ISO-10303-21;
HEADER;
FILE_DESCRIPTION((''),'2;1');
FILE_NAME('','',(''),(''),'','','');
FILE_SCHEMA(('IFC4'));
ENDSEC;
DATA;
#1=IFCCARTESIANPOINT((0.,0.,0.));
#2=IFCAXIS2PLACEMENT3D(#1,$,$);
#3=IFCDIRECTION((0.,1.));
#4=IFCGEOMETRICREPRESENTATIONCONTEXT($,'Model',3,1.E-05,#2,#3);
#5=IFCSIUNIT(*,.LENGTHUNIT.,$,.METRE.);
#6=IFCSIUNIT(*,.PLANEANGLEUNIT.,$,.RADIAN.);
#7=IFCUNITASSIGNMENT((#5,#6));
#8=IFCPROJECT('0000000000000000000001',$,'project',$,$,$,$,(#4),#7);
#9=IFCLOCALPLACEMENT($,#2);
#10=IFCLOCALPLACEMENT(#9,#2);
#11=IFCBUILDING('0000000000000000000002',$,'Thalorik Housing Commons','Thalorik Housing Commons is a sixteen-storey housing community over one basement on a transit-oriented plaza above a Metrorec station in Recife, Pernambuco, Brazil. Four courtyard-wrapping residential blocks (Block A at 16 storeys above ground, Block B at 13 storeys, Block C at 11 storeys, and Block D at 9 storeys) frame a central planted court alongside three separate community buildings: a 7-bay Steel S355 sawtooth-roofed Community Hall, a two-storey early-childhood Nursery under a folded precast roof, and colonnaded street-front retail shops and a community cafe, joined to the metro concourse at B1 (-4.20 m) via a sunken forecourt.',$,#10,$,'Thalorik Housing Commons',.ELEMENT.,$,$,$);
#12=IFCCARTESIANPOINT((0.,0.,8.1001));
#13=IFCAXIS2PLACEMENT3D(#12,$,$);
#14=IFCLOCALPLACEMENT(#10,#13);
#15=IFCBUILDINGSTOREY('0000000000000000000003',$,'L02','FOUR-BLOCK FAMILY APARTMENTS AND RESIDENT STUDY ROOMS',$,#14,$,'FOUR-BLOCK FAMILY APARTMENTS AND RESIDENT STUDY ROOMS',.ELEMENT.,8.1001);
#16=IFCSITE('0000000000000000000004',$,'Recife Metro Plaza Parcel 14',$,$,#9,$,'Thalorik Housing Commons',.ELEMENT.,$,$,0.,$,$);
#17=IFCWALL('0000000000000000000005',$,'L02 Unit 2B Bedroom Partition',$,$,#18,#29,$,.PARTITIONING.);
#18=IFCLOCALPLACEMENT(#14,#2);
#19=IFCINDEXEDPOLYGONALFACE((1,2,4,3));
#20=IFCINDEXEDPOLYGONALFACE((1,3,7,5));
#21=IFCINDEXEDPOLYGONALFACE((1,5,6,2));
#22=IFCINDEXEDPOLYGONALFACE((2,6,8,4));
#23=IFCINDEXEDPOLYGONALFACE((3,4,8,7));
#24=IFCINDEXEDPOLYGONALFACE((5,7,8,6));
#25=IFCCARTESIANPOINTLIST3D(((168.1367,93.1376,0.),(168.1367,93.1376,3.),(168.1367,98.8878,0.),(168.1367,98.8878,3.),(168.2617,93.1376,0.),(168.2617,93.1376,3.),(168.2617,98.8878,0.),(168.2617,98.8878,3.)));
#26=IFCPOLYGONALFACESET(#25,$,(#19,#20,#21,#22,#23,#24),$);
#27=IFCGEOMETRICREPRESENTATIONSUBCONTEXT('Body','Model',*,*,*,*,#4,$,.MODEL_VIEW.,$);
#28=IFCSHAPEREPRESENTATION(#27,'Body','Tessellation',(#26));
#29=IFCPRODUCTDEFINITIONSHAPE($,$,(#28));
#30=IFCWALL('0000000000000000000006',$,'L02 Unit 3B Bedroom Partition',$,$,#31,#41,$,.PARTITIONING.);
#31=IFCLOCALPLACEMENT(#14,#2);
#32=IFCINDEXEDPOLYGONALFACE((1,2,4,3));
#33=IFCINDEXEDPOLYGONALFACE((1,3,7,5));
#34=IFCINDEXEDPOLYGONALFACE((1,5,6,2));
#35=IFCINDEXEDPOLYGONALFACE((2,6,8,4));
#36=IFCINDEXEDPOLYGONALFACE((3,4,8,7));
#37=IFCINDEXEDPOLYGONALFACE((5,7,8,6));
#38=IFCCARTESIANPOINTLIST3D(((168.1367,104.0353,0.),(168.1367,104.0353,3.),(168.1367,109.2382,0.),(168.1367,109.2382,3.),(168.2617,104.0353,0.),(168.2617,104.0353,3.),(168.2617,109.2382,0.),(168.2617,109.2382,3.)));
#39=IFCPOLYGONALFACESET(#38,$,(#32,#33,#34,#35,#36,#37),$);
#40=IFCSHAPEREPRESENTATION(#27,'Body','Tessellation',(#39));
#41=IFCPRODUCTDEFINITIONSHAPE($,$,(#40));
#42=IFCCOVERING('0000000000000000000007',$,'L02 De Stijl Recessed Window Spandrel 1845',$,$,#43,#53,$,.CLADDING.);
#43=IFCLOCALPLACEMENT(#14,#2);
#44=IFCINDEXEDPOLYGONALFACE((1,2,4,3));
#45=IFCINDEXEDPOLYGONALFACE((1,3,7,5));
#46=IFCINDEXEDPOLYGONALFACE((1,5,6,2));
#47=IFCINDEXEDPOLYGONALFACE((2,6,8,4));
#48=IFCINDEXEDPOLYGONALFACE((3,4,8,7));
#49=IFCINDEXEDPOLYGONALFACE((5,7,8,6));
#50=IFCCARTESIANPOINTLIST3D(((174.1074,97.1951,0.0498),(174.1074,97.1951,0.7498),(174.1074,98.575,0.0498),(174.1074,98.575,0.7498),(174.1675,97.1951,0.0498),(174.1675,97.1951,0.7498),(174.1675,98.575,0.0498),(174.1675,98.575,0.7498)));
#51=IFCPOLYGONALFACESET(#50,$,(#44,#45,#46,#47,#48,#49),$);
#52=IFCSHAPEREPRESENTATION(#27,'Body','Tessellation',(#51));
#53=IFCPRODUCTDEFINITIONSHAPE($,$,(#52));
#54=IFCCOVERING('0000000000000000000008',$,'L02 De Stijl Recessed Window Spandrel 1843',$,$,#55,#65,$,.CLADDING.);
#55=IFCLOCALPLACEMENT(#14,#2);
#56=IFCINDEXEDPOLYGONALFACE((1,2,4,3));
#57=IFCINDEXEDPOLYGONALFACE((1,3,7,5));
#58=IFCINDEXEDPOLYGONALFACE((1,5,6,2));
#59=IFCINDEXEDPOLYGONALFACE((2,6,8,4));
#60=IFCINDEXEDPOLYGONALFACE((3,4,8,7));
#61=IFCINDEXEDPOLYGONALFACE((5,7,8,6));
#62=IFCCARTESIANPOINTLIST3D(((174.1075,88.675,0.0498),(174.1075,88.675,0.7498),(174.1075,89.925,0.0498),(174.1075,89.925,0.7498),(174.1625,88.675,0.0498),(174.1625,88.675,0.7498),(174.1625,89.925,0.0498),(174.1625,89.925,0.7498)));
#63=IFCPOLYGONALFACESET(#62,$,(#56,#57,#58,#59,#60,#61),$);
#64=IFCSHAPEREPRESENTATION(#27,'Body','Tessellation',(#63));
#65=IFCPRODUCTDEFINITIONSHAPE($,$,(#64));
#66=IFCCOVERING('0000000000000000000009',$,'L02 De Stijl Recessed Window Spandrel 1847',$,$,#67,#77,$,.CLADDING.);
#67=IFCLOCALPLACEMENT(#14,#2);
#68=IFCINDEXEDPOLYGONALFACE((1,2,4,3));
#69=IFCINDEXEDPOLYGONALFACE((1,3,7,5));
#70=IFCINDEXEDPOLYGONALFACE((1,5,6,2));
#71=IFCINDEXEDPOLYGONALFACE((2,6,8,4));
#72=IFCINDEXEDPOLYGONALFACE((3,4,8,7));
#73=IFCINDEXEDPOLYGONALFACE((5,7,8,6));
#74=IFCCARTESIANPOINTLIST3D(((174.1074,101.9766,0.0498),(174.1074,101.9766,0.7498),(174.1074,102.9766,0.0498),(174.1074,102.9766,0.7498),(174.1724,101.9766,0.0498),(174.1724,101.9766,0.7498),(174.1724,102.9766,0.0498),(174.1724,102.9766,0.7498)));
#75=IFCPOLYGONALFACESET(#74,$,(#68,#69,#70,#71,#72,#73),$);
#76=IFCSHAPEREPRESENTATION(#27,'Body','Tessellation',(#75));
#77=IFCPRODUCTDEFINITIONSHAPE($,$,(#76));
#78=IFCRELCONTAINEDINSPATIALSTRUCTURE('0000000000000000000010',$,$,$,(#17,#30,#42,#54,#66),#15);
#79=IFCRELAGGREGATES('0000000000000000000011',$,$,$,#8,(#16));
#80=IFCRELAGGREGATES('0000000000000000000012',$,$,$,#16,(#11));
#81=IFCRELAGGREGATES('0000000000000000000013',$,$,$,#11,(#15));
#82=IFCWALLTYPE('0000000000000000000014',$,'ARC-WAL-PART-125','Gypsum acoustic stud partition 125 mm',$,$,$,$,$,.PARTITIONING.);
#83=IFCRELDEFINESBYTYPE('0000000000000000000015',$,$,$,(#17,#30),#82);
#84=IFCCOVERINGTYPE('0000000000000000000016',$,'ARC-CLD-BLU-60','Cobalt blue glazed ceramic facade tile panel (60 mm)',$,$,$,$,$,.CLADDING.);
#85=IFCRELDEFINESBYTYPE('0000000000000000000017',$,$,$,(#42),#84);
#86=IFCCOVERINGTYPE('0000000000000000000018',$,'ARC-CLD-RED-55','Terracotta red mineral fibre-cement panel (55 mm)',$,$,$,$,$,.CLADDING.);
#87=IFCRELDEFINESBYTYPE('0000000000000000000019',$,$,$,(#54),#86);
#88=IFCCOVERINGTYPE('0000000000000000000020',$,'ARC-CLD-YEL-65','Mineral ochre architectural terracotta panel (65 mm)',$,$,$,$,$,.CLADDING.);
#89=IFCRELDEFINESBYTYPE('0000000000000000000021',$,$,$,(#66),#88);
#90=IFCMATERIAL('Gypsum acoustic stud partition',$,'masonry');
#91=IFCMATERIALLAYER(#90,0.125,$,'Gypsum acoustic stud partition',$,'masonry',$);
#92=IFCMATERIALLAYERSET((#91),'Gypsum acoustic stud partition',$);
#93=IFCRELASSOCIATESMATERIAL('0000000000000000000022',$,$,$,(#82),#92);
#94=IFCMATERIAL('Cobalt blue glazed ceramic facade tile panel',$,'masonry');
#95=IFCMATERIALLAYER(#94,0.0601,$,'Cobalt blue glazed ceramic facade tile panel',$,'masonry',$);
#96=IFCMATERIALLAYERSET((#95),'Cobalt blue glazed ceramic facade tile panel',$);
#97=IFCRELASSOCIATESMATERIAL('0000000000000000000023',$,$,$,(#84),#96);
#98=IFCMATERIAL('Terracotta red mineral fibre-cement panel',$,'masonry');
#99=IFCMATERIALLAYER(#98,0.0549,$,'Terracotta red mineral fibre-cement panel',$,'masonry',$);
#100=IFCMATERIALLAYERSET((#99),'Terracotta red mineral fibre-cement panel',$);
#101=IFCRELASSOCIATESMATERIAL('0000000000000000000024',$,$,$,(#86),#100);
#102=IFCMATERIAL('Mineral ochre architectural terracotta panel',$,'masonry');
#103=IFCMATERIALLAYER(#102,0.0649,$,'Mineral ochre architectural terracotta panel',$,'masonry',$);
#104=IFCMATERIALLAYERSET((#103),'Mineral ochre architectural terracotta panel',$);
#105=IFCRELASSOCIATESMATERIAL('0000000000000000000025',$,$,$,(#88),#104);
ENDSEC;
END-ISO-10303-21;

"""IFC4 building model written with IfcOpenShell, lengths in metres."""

from ifc_helpers import new_model, si_unit, direction, frame, frame_2d, origin, origin_2d, place, context, subcontext, project, spatial, rectangle, extrude, material, layer, layer_set, type_object, element, save


model = new_model("IFC4")

# Units and contexts
model_context = context("Model", 3, precision=1e-05, world=origin(), true_north=direction((0.0, 1.0)))
body_context = subcontext(model_context, "Body", "Model", "MODEL_VIEW")
ifc_project = project(units=[si_unit("LENGTHUNIT", "METRE"), si_unit("PLANEANGLEUNIT", "RADIAN")], contexts=[model_context])

# Site, building, storey
site_placement = place(None, origin())
site = spatial("IfcSite", under=ifc_project, at=site_placement, Name="Recife Metro Plaza Parcel 14", LongName="Thalorik Housing Commons", CompositionType="ELEMENT", RefElevation=0.0)
building_placement = place(site_placement, origin())
building = spatial("IfcBuilding", under=site, at=building_placement, Name="Thalorik Housing Commons", Description="Thalorik Housing Commons is a sixteen-storey housing community over one basement on a transit-oriented plaza above a Metrorec station in Recife, Pernambuco, Brazil. Four courtyard-wrapping residential blocks (Block A at 16 storeys above ground, Block B at 13 storeys, Block C at 11 storeys, and Block D at 9 storeys) frame a central planted court alongside three separate community buildings: a 7-bay Steel S355 sawtooth-roofed Community Hall, a two-storey early-childhood Nursery under a folded precast roof, and colonnaded street-front retail shops and a community cafe, joined to the metro concourse at B1 (-4.20 m) via a sunken forecourt.", LongName="Thalorik Housing Commons", CompositionType="ELEMENT")
storey_placement = place(building_placement, frame((0.0, 0.0, 8.1001)))
storey = spatial("IfcBuildingStorey", under=building, at=storey_placement, Name="L02", Description="FOUR-BLOCK FAMILY APARTMENTS AND RESIDENT STUDY ROOMS", LongName="FOUR-BLOCK FAMILY APARTMENTS AND RESIDENT STUDY ROOMS", CompositionType="ELEMENT", Elevation=8.1001)

# Walls
ifc_material_1 = material(Name="Gypsum acoustic stud partition", Category="masonry")
ifc_layer_1 = layer(ifc_material_1, 0.125, Name="Gypsum acoustic stud partition", Category="masonry")
ifc_layer_set_1 = layer_set([ifc_layer_1], Name="Gypsum acoustic stud partition")
wall_type_1 = type_object("IfcWallType", Name="ARC-WAL-PART-125", Description="Gypsum acoustic stud partition 125 mm", PredefinedType="PARTITIONING", material=ifc_layer_set_1)
wall_1_placement = place(storey_placement, frame((168.1992, 93.1377, 0.0), z_axis=(0.0, 0.0, 1.0), x_axis=(0.0, 1.0, 0.0)))
element("IfcWall", 1, at=wall_1_placement, inside=storey, type_object=wall_type_1, Name="L02 Unit 2B Bedroom Partition", PredefinedType="PARTITIONING", context=body_context, shape_type="SweptSolid", body=[
    extrude(rectangle(XDim=5.7502, YDim=0.125, at=frame_2d((2.875, 0.0))), origin(), (0.0, 0.0, 1.0), 3.0),
])
wall_2_placement = place(storey_placement, frame((168.1992, 104.0352, 0.0), z_axis=(0.0, 0.0, 1.0), x_axis=(0.0, 1.0, 0.0)))
element("IfcWall", 2, at=wall_2_placement, inside=storey, type_object=wall_type_1, Name="L02 Unit 3B Bedroom Partition", PredefinedType="PARTITIONING", context=body_context, shape_type="SweptSolid", body=[
    extrude(rectangle(XDim=5.2029, YDim=0.125, at=frame_2d((2.6016, 0.0))), origin(), (0.0, 0.0, 1.0), 3.0),
])

# Coverings
ifc_material_2 = material(Name="Cobalt blue glazed ceramic facade tile panel", Category="masonry")
ifc_layer_2 = layer(ifc_material_2, 0.0601, Name="Cobalt blue glazed ceramic facade tile panel", Category="masonry")
ifc_layer_set_2 = layer_set([ifc_layer_2], Name="Cobalt blue glazed ceramic facade tile panel")
covering_type_1 = type_object("IfcCoveringType", Name="ARC-CLD-BLU-60", Description="Cobalt blue glazed ceramic facade tile panel (60 mm)", PredefinedType="CLADDING", material=ifc_layer_set_2)
covering_1_placement = place(storey_placement, frame((174.1375, 97.885, 0.0498), z_axis=(0.0, 0.0, 1.0), x_axis=(0.0, 1.0, 0.0)))
element("IfcCovering", 3, at=covering_1_placement, inside=storey, type_object=covering_type_1, Name="L02 De Stijl Recessed Window Spandrel 1845", PredefinedType="CLADDING", context=body_context, shape_type="SweptSolid", body=[
    extrude(rectangle(XDim=1.3799, YDim=0.0601, at=origin_2d()), origin(), (0.0, 0.0, 1.0), 0.7),
])
ifc_material_3 = material(Name="Terracotta red mineral fibre-cement panel", Category="masonry")
ifc_layer_3 = layer(ifc_material_3, 0.0549, Name="Terracotta red mineral fibre-cement panel", Category="masonry")
ifc_layer_set_3 = layer_set([ifc_layer_3], Name="Terracotta red mineral fibre-cement panel")
covering_type_2 = type_object("IfcCoveringType", Name="ARC-CLD-RED-55", Description="Terracotta red mineral fibre-cement panel (55 mm)", PredefinedType="CLADDING", material=ifc_layer_set_3)
covering_2_placement = place(storey_placement, frame((174.135, 89.3, 0.0498), z_axis=(0.0, 0.0, 1.0), x_axis=(0.0, 1.0, 0.0)))
element("IfcCovering", 4, at=covering_2_placement, inside=storey, type_object=covering_type_2, Name="L02 De Stijl Recessed Window Spandrel 1843", PredefinedType="CLADDING", context=body_context, shape_type="SweptSolid", body=[
    extrude(rectangle(XDim=1.25, YDim=0.0549, at=origin_2d()), origin(), (0.0, 0.0, 1.0), 0.7),
])
ifc_material_4 = material(Name="Mineral ochre architectural terracotta panel", Category="masonry")
ifc_layer_4 = layer(ifc_material_4, 0.0649, Name="Mineral ochre architectural terracotta panel", Category="masonry")
ifc_layer_set_4 = layer_set([ifc_layer_4], Name="Mineral ochre architectural terracotta panel")
covering_type_3 = type_object("IfcCoveringType", Name="ARC-CLD-YEL-65", Description="Mineral ochre architectural terracotta panel (65 mm)", PredefinedType="CLADDING", material=ifc_layer_set_4)
covering_3_placement = place(storey_placement, frame((174.1399, 102.4766, 0.0498), z_axis=(0.0, 0.0, 1.0), x_axis=(0.0, 1.0, 0.0)))
element("IfcCovering", 5, at=covering_3_placement, inside=storey, type_object=covering_type_3, Name="L02 De Stijl Recessed Window Spandrel 1847", PredefinedType="CLADDING", context=body_context, shape_type="SweptSolid", body=[
    extrude(rectangle(XDim=1.0, YDim=0.0649, at=origin_2d()), origin(), (0.0, 0.0, 1.0), 0.7),
])

save(model, "model.ifc")
